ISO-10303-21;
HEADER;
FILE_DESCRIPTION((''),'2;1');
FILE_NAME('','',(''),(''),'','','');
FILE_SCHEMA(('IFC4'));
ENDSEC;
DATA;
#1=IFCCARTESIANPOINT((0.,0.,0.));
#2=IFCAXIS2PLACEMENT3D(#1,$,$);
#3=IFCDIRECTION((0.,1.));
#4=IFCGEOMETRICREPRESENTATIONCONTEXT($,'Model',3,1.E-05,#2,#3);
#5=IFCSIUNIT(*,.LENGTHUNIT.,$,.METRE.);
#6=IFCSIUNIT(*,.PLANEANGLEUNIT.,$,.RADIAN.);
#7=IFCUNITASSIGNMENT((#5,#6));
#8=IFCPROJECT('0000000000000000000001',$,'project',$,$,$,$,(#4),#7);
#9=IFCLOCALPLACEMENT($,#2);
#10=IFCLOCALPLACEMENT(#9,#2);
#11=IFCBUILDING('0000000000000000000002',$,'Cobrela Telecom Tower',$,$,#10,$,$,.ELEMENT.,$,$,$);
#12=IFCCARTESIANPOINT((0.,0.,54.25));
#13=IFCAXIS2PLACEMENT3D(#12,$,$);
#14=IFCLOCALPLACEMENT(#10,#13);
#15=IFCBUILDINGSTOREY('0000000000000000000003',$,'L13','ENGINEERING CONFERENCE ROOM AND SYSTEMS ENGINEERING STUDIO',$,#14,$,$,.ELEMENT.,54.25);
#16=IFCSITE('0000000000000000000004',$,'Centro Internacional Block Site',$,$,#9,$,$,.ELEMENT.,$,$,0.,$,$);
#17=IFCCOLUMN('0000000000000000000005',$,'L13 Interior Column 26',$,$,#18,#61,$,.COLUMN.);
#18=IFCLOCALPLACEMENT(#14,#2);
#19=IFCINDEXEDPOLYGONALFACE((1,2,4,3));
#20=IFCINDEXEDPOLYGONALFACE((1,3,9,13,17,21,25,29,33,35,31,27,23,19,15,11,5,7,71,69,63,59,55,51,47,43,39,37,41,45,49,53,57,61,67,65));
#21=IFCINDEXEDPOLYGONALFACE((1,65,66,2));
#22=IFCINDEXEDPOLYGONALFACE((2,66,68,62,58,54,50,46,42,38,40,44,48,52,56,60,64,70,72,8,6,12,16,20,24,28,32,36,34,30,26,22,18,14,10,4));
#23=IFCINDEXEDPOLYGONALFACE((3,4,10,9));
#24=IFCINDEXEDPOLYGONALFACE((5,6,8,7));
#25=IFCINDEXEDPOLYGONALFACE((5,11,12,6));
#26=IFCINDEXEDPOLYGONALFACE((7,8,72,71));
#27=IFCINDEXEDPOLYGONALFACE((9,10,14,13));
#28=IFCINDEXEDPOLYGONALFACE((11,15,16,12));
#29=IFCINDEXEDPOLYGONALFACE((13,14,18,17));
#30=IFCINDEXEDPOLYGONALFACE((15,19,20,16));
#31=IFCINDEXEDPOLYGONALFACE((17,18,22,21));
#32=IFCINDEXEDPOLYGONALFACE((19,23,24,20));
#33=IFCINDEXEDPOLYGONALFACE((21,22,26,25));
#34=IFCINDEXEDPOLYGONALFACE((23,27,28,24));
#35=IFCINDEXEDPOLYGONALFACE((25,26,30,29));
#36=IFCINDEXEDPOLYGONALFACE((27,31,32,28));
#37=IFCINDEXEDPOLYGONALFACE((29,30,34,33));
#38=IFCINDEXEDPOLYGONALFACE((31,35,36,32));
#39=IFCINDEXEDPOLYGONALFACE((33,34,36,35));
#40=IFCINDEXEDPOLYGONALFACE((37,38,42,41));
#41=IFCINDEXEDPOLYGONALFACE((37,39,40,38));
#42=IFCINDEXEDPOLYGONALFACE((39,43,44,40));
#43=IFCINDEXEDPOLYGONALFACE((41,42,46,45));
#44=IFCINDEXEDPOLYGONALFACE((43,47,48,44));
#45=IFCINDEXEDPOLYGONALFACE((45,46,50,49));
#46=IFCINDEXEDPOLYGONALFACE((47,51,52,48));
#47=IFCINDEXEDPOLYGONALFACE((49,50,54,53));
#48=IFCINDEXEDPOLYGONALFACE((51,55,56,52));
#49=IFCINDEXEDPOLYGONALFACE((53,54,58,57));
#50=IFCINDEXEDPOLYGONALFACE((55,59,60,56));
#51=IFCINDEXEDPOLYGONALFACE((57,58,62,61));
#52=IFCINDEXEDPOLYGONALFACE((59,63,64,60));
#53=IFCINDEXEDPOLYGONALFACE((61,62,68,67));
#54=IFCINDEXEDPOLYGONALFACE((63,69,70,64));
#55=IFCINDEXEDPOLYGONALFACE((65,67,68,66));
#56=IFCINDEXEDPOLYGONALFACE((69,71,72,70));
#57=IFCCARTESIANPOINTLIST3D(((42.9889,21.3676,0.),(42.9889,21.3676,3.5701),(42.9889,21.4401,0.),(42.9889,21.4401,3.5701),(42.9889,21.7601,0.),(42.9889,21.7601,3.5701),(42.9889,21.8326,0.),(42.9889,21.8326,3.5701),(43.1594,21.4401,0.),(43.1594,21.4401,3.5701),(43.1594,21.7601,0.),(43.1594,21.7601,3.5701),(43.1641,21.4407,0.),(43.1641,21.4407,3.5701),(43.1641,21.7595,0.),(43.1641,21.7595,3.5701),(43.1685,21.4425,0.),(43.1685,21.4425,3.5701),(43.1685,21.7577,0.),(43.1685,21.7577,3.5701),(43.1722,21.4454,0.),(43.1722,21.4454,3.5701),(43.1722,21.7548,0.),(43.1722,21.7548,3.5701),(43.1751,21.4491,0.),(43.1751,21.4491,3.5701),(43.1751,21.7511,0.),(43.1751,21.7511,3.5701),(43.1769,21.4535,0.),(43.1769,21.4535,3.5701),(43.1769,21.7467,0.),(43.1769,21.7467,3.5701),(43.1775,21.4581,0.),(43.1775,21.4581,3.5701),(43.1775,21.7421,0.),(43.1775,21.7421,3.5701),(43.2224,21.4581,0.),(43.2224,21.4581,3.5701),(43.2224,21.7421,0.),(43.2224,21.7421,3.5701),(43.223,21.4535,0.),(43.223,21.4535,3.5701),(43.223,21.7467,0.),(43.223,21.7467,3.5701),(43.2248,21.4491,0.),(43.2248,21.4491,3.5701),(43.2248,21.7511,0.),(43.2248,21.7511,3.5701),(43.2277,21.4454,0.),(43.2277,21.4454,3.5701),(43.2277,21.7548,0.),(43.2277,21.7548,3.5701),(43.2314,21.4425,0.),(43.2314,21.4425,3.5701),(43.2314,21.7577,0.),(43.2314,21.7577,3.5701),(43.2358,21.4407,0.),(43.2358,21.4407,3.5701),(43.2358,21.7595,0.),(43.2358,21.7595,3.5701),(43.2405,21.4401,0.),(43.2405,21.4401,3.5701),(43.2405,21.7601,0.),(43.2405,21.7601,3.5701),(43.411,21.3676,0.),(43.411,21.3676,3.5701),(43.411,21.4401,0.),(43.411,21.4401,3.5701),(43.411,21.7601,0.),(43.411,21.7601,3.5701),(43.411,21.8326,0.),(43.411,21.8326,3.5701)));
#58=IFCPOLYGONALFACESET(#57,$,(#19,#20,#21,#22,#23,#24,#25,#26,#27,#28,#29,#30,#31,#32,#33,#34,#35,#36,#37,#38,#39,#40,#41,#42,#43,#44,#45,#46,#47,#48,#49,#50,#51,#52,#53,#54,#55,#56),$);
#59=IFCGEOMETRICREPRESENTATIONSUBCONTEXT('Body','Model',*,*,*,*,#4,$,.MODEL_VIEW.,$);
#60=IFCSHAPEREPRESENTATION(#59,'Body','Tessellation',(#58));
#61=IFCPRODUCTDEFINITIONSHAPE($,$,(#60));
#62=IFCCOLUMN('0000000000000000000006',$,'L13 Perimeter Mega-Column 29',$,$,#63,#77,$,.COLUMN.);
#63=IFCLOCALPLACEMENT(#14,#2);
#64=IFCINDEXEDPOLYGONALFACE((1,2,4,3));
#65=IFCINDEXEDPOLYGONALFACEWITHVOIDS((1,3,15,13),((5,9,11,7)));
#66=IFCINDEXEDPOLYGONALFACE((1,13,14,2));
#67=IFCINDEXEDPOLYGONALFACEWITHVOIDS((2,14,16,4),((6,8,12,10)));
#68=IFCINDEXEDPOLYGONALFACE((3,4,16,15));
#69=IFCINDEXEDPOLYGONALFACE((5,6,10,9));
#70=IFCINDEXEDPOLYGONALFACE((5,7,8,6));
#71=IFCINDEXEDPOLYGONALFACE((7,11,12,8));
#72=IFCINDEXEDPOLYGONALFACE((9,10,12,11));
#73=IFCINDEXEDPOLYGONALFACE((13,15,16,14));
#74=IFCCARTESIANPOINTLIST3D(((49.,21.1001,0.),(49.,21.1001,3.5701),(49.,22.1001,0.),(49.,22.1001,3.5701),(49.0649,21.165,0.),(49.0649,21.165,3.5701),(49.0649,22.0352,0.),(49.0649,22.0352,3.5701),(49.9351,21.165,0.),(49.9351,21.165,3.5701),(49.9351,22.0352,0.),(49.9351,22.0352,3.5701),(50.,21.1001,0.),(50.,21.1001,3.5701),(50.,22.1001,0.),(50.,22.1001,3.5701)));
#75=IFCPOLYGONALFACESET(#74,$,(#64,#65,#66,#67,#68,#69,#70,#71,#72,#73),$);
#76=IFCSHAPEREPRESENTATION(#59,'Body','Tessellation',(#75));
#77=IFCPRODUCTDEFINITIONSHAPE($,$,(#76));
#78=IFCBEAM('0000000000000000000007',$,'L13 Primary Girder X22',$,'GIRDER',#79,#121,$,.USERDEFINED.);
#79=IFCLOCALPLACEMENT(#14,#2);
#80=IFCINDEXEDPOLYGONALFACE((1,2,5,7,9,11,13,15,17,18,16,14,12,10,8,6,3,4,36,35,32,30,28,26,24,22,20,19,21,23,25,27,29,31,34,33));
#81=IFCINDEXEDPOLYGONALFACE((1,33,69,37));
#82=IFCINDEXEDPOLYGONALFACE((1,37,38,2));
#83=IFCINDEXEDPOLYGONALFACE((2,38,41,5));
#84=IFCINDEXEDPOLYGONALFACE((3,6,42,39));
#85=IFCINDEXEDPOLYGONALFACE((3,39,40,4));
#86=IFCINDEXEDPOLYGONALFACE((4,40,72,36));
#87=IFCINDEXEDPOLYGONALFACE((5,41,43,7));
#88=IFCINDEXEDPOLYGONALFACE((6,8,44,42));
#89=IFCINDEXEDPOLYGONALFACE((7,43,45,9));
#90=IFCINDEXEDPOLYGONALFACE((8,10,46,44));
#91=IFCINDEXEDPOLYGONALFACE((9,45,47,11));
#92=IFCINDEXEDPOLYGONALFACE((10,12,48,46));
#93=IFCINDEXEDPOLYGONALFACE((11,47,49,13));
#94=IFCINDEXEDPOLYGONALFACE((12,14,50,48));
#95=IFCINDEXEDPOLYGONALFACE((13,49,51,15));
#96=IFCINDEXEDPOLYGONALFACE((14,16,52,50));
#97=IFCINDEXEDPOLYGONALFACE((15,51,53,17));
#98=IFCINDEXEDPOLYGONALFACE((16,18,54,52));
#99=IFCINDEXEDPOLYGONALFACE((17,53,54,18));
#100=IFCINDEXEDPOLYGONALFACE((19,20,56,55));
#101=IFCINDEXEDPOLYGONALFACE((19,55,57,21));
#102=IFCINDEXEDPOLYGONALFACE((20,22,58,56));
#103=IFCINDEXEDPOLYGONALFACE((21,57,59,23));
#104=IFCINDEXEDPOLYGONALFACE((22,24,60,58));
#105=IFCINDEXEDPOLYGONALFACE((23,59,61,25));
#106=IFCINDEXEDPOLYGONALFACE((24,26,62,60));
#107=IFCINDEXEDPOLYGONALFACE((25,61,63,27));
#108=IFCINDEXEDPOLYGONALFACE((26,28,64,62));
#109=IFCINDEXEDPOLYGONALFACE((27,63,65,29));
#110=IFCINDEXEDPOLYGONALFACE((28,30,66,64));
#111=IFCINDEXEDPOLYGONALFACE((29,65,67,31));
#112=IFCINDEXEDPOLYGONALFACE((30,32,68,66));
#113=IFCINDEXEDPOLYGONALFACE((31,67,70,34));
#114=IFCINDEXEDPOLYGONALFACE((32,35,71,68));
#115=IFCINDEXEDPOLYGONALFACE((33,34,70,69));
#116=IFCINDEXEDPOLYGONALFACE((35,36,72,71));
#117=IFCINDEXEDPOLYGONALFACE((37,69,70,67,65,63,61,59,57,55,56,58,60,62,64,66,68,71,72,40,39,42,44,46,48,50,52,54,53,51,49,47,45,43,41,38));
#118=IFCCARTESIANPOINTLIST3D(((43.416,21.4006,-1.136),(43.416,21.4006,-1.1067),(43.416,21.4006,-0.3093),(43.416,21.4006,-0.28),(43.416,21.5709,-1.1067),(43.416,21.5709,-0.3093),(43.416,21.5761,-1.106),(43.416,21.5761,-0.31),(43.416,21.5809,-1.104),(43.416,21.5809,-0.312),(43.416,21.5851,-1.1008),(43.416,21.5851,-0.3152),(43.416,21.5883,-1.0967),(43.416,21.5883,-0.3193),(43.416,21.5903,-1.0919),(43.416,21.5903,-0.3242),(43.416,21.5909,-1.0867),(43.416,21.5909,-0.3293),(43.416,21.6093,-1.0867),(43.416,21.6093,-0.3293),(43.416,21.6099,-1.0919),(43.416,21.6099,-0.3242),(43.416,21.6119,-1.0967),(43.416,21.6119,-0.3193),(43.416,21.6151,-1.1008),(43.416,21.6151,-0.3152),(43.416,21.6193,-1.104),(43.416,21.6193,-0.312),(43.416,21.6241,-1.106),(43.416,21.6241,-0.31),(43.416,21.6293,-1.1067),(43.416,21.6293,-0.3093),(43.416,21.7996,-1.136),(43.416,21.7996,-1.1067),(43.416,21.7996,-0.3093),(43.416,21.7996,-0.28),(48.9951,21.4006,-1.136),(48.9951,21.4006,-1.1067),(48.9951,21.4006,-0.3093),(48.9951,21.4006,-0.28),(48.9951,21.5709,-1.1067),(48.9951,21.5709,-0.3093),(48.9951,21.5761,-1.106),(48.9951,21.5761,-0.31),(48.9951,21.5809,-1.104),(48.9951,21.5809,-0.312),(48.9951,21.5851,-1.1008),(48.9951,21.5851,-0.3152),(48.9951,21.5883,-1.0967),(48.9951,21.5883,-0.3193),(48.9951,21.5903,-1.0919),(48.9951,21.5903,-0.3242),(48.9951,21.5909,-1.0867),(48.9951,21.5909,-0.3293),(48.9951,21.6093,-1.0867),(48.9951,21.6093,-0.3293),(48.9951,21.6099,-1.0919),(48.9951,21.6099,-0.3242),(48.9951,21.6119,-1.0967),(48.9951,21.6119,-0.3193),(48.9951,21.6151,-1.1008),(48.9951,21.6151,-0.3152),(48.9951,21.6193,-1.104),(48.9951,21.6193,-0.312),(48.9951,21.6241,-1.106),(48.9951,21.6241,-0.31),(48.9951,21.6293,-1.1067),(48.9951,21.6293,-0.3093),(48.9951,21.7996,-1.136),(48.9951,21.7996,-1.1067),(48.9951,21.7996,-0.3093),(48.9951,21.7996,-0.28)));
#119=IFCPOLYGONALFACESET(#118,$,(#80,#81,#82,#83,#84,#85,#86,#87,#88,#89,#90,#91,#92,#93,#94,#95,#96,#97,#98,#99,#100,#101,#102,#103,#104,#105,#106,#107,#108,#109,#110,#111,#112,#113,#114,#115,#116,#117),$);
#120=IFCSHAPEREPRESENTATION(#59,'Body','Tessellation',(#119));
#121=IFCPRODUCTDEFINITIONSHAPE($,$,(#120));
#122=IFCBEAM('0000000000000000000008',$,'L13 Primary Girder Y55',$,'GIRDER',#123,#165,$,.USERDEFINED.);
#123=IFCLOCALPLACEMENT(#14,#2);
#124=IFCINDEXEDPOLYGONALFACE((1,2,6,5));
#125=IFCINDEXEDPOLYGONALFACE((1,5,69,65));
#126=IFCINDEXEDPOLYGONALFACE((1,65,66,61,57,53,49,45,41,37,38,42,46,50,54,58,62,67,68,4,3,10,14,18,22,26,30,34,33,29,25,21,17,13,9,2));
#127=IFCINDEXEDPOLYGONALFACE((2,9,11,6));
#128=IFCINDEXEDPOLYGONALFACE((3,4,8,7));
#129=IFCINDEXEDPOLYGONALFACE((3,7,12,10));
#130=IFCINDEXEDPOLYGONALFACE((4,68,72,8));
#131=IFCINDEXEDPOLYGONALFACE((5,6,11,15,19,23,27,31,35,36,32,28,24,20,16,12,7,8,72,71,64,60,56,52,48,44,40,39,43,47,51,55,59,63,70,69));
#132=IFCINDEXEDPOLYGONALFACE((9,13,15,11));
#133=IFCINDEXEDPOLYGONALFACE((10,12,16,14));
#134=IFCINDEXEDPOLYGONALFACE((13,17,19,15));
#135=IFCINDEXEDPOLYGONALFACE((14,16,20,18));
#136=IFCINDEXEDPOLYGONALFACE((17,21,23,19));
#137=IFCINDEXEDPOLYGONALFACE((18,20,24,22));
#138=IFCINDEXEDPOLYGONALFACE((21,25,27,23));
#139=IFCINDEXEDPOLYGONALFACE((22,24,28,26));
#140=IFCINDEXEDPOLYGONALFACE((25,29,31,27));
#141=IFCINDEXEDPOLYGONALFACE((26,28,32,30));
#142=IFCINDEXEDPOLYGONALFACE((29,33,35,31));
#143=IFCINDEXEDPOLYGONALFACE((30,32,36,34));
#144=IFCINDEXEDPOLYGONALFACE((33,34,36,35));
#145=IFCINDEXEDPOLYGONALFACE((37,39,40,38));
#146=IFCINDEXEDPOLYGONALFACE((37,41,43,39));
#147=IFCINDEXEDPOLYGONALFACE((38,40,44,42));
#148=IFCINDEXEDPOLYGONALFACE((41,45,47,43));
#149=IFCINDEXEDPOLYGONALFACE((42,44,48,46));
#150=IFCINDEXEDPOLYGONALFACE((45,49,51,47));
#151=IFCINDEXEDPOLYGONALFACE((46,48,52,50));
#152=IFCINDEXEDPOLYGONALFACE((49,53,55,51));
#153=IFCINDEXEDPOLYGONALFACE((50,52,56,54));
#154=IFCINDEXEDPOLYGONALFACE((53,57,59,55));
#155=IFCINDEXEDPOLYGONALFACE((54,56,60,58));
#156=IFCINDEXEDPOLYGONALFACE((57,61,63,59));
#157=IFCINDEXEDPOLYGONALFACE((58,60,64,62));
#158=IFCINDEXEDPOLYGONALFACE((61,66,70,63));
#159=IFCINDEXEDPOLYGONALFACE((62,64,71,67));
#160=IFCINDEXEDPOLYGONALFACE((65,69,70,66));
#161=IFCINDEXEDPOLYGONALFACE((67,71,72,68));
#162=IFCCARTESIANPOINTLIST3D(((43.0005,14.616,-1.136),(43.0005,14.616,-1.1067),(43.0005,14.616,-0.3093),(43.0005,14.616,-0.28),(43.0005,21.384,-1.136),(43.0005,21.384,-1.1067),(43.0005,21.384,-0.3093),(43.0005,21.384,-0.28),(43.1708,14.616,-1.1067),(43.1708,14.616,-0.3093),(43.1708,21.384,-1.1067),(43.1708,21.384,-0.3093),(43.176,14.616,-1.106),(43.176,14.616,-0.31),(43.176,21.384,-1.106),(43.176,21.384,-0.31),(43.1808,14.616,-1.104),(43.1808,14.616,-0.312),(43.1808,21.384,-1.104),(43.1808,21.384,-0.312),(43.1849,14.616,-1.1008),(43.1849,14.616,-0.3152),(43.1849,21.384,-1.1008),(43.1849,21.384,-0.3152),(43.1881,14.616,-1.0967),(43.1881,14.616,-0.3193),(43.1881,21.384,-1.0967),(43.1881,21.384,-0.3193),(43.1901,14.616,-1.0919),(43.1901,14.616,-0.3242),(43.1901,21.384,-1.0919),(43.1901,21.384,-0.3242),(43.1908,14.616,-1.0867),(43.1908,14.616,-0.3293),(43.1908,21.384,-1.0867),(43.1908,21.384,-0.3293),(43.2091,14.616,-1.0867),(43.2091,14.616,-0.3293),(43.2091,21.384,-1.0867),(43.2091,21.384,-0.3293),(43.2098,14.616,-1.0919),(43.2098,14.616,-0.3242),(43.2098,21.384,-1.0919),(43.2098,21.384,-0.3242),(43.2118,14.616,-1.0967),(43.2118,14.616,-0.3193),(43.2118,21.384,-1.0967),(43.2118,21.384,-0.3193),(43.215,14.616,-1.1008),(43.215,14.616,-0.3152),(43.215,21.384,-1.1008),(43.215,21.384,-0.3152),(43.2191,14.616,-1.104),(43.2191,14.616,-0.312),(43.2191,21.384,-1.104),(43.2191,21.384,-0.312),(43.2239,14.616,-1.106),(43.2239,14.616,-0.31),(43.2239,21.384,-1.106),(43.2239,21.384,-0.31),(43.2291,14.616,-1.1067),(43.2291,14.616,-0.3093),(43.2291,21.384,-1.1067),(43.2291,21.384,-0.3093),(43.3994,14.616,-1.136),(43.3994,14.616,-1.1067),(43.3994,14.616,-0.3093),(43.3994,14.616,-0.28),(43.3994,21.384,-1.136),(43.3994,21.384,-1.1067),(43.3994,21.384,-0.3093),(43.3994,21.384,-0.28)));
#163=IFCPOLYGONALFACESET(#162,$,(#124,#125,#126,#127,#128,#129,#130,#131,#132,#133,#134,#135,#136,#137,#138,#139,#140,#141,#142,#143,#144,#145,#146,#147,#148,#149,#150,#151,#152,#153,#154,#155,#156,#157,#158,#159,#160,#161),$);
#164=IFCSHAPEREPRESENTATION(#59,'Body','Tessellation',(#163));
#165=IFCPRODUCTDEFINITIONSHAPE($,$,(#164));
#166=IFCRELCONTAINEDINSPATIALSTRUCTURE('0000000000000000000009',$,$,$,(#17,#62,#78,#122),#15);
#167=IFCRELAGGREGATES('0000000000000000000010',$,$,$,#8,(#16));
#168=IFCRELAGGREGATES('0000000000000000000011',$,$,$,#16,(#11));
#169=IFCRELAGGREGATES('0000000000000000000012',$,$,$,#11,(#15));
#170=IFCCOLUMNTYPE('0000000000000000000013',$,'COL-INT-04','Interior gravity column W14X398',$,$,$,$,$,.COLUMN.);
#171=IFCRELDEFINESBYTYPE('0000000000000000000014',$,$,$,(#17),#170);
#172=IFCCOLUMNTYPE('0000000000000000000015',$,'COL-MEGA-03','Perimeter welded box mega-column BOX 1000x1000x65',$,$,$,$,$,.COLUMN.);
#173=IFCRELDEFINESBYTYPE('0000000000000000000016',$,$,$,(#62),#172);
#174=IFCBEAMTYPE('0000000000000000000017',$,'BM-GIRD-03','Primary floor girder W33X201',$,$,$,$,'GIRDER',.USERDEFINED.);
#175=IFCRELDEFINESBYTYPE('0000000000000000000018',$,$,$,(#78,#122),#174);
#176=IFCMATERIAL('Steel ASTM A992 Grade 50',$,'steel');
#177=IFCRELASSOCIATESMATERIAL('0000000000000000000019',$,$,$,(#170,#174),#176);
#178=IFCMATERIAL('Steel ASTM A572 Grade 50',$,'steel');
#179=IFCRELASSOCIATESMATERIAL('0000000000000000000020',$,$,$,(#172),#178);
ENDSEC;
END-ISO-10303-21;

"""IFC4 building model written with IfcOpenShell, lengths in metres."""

from ifc_helpers import new_model, si_unit, direction, frame, origin, origin_2d, place, context, subcontext, project, spatial, hollow_rectangle, i_section, extrude, material, material_profile, profile_set, type_object, element, save


model = new_model("IFC4")

# Units and contexts
model_context = context("Model", 3, precision=1e-05, world=origin(), true_north=direction((0.0, 1.0)))
body_context = subcontext(model_context, "Body", "Model", "MODEL_VIEW")
ifc_project = project(units=[si_unit("LENGTHUNIT", "METRE"), si_unit("PLANEANGLEUNIT", "RADIAN")], contexts=[model_context])

# Site, building, storey
site_placement = place(None, origin())
site = spatial("IfcSite", under=ifc_project, at=site_placement, Name="Centro Internacional Block Site", CompositionType="ELEMENT", RefElevation=0.0)
building_placement = place(site_placement, origin())
building = spatial("IfcBuilding", under=site, at=building_placement, Name="Cobrela Telecom Tower", CompositionType="ELEMENT")
storey_placement = place(building_placement, frame((0.0, 0.0, 54.25)))
storey = spatial("IfcBuildingStorey", under=building, at=storey_placement, Name="L13", Description="ENGINEERING CONFERENCE ROOM AND SYSTEMS ENGINEERING STUDIO", CompositionType="ELEMENT", Elevation=54.25)

# Columns
ifc_material_1 = material(Name="Steel ASTM A992 Grade 50", Category="steel")
ifc_material_profile_1 = material_profile(ifc_material_1, i_section(OverallWidth=0.4221, OverallDepth=0.4651, WebThickness=0.0449, FlangeThickness=0.0725, FilletRadius=0.0181, at=origin_2d()), Name="W14X398")
ifc_profile_set_1 = profile_set([ifc_material_profile_1], Name="Steel ASTM A992 Grade 50")
column_type_1 = type_object("IfcColumnType", Name="COL-INT-04", Description="Interior gravity column W14X398", PredefinedType="COLUMN", material=ifc_profile_set_1)
column_1_placement = place(storey_placement, frame((43.2, 21.6001, 0.0), z_axis=(0.0, 0.0, 1.0), x_axis=(1.0, 0.0, 0.0)))
element("IfcColumn", 1, at=column_1_placement, inside=storey, type_object=column_type_1, Name="L13 Interior Column 26", PredefinedType="COLUMN", context=body_context, shape_type="SweptSolid", body=[
    extrude(i_section(OverallWidth=0.4221, OverallDepth=0.4651, WebThickness=0.0449, FlangeThickness=0.0725, FilletRadius=0.0181, at=origin_2d()), origin(), (0.0, 0.0, 1.0), 3.5701),
])
ifc_material_2 = material(Name="Steel ASTM A572 Grade 50", Category="steel")
ifc_material_profile_2 = material_profile(ifc_material_2, hollow_rectangle(XDim=1.0, YDim=1.0, WallThickness=0.0649, at=origin_2d()), Name="BOX 1000x1000x65")
ifc_profile_set_2 = profile_set([ifc_material_profile_2], Name="Steel ASTM A572 Grade 50")
column_type_2 = type_object("IfcColumnType", Name="COL-MEGA-03", Description="Perimeter welded box mega-column BOX 1000x1000x65", PredefinedType="COLUMN", material=ifc_profile_set_2)
column_2_placement = place(storey_placement, frame((49.5, 21.6001, 0.0), z_axis=(0.0, 0.0, 1.0), x_axis=(1.0, 0.0, 0.0)))
element("IfcColumn", 2, at=column_2_placement, inside=storey, type_object=column_type_2, Name="L13 Perimeter Mega-Column 29", PredefinedType="COLUMN", context=body_context, shape_type="SweptSolid", body=[
    extrude(hollow_rectangle(XDim=1.0, YDim=1.0, WallThickness=0.0649, at=origin_2d()), origin(), (0.0, 0.0, 1.0), 3.5701),
])

# Beams
ifc_material_profile_3 = material_profile(ifc_material_1, i_section(OverallWidth=0.3989, OverallDepth=0.856, WebThickness=0.0183, FlangeThickness=0.0293, FilletRadius=0.02, at=origin_2d()), Name="W33X201")
ifc_profile_set_3 = profile_set([ifc_material_profile_3], Name="Steel ASTM A992 Grade 50")
beam_type_1 = type_object("IfcBeamType", Name="BM-GIRD-03", Description="Primary floor girder W33X201", ElementType="GIRDER", PredefinedType="USERDEFINED", material=ifc_profile_set_3)
beam_1_placement = place(storey_placement, frame((43.416, 21.6001, -0.708), z_axis=(1.0, 0.0, 0.0), x_axis=(0.0, 1.0, 0.0)))
element("IfcBeam", 3, at=beam_1_placement, inside=storey, type_object=beam_type_1, Name="L13 Primary Girder X22", ObjectType="GIRDER", PredefinedType="USERDEFINED", context=body_context, shape_type="SweptSolid", body=[
    extrude(i_section(OverallWidth=0.3989, OverallDepth=0.856, WebThickness=0.0183, FlangeThickness=0.0293, FilletRadius=0.02, at=origin_2d()), origin(), (0.0, 0.0, 1.0), 5.5791),
])
beam_2_placement = place(storey_placement, frame((43.2, 14.616, -0.708), z_axis=(0.0, 1.0, 0.0), x_axis=(-1.0, 0.0, 0.0)))
element("IfcBeam", 4, at=beam_2_placement, inside=storey, type_object=beam_type_1, Name="L13 Primary Girder Y55", ObjectType="GIRDER", PredefinedType="USERDEFINED", context=body_context, shape_type="SweptSolid", body=[
    extrude(i_section(OverallWidth=0.3989, OverallDepth=0.856, WebThickness=0.0183, FlangeThickness=0.0293, FilletRadius=0.02, at=origin_2d()), origin(), (0.0, 0.0, 1.0), 6.7681),
])

save(model, "model.ifc")
